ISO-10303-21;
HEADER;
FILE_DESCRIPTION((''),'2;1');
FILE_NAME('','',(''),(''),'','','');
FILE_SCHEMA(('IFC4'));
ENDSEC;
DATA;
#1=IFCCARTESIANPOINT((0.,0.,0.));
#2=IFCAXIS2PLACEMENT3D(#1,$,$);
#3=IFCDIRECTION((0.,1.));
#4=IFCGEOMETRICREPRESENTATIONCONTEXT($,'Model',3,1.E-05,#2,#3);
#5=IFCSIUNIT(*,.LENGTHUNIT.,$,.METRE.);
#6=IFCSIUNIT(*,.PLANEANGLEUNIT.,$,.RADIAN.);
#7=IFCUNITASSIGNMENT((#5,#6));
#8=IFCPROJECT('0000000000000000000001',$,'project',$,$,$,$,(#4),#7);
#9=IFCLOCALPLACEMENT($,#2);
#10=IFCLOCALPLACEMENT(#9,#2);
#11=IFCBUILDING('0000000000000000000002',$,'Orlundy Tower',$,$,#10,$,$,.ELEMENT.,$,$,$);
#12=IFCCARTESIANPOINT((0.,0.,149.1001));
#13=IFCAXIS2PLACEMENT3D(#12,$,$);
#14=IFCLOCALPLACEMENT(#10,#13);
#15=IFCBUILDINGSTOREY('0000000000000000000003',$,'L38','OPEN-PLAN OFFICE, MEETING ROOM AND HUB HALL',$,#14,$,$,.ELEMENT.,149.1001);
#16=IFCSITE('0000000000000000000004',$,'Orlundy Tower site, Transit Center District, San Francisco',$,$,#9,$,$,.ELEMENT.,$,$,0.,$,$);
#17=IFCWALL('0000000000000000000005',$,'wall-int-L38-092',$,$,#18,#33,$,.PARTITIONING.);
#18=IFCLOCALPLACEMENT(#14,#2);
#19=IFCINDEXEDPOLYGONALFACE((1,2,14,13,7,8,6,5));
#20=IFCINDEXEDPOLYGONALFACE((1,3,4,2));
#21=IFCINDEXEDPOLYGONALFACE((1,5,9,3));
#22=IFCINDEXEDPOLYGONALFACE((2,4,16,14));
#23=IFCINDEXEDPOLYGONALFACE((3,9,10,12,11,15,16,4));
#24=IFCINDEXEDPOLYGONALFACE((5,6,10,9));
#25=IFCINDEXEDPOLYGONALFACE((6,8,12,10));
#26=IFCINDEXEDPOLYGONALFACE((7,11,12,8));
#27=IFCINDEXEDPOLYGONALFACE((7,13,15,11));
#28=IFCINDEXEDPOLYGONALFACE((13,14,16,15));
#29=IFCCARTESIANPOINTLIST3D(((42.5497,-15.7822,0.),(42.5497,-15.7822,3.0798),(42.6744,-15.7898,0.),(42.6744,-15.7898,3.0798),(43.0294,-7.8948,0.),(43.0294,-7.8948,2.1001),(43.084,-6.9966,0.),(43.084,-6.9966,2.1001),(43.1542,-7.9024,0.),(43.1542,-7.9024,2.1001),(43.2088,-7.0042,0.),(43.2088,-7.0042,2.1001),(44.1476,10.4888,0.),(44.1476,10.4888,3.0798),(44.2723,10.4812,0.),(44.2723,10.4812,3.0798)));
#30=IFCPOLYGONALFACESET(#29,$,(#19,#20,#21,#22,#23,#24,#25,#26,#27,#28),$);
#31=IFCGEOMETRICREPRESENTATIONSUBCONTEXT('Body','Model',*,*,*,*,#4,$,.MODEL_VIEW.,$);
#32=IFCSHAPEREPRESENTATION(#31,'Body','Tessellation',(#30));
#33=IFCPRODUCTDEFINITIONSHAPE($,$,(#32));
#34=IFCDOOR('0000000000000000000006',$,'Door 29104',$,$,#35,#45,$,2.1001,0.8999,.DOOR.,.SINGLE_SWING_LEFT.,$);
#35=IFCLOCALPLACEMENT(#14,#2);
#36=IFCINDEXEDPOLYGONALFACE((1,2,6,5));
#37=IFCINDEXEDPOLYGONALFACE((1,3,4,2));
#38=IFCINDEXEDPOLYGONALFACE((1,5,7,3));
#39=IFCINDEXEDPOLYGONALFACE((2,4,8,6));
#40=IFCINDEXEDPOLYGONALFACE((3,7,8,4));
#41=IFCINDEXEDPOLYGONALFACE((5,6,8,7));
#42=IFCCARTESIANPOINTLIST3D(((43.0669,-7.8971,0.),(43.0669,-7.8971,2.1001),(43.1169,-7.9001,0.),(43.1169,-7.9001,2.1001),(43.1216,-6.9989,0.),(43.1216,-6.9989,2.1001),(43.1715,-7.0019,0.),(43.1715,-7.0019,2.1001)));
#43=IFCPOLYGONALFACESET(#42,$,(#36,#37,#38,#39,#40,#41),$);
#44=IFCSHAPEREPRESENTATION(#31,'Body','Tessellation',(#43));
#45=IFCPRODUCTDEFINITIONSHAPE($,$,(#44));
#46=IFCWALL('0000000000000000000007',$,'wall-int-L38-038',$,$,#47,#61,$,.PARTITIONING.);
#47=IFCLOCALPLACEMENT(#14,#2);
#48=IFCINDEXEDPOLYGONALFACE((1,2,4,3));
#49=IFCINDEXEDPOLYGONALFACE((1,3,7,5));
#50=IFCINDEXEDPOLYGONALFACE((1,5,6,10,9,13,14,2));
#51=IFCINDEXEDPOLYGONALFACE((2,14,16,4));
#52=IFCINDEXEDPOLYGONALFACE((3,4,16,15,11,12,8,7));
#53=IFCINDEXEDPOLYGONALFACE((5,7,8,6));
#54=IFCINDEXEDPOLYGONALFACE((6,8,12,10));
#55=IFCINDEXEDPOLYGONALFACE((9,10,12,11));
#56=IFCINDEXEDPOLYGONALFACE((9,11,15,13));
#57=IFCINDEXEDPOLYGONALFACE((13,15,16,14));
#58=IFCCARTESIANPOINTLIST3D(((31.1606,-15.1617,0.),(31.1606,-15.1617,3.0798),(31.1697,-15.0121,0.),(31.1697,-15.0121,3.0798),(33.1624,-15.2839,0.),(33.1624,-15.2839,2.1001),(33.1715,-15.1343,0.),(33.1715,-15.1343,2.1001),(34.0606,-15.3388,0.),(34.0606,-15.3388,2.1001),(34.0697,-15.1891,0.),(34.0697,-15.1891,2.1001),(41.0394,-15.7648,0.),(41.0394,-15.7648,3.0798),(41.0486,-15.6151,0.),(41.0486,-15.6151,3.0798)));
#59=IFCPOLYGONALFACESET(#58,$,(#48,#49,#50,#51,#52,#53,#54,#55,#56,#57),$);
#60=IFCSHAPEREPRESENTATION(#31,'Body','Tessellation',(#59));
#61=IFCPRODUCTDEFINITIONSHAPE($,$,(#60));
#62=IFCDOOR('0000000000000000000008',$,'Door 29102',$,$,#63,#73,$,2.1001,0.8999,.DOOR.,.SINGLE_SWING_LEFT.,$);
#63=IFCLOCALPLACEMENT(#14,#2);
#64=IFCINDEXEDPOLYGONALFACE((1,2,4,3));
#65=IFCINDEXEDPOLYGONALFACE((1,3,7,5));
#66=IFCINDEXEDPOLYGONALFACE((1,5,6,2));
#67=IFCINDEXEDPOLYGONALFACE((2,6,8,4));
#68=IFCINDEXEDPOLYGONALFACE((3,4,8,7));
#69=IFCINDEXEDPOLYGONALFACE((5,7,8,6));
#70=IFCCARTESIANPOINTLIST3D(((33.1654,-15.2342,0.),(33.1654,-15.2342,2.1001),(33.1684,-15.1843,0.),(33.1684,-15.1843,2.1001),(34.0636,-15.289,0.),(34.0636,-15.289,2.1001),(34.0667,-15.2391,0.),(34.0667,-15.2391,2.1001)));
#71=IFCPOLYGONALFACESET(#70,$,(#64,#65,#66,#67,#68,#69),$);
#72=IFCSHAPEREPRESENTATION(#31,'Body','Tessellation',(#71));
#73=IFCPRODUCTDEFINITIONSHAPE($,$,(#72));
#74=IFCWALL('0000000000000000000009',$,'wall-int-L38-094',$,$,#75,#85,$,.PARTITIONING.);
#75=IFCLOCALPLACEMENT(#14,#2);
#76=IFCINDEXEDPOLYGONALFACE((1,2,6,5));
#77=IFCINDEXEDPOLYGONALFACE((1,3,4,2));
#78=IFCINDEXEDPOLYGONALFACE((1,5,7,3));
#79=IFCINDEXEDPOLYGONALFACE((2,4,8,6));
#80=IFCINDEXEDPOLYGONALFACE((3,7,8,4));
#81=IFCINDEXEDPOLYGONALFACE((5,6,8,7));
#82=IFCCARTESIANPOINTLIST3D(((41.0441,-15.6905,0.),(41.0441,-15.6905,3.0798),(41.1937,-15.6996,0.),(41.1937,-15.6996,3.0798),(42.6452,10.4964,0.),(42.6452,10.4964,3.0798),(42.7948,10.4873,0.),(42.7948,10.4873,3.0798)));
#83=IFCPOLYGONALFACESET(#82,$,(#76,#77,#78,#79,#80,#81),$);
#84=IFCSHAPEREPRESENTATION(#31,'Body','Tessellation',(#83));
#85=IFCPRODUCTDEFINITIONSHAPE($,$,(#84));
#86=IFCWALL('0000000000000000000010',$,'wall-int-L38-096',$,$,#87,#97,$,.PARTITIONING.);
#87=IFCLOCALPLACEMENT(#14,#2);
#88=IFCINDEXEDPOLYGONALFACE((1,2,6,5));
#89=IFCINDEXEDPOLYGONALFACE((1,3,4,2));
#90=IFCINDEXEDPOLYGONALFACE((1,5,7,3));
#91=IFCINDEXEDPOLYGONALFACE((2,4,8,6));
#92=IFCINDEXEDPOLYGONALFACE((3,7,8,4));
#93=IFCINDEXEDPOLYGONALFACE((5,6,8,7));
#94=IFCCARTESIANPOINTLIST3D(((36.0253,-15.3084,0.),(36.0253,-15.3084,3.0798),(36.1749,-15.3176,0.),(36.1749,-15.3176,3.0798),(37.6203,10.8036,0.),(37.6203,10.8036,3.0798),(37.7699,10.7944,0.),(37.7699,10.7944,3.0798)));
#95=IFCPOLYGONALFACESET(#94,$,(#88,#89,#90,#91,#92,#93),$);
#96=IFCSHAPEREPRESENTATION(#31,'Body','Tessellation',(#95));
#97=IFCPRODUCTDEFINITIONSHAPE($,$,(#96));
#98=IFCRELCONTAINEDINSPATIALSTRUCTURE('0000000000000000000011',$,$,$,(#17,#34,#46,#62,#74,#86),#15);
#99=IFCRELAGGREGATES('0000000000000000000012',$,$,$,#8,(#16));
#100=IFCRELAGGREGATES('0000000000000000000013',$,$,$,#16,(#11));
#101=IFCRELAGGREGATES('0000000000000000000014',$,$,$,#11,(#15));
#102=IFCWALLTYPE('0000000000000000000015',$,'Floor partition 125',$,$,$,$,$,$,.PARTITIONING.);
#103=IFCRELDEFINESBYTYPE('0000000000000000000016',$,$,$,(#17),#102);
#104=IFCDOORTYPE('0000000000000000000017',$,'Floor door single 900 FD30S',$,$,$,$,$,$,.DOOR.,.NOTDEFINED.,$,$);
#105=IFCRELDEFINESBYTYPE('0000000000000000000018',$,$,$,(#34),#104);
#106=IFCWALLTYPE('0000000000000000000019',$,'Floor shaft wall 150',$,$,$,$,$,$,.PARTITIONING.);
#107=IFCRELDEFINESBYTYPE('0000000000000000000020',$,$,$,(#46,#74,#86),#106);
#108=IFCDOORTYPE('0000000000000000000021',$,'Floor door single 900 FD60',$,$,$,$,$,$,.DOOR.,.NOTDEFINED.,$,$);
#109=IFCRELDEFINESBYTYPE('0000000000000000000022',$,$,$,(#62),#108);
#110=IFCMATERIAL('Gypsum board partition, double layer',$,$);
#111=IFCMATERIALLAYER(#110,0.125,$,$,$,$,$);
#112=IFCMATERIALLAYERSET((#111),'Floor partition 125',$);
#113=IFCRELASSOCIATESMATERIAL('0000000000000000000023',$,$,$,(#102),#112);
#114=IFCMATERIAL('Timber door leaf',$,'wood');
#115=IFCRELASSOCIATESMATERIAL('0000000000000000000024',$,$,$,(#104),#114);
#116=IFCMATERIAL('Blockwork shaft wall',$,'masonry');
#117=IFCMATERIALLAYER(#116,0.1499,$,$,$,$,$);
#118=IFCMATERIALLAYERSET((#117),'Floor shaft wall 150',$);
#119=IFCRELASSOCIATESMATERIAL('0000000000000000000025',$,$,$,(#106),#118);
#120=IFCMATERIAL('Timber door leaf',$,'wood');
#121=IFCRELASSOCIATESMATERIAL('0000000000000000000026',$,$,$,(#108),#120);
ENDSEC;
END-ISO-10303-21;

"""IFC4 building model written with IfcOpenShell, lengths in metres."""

from ifc_helpers import new_model, si_unit, direction, frame, frame_2d, origin, place, context, subcontext, project, spatial, rectangle, extrude, material, layer, layer_set, type_object, element, fill, save


model = new_model("IFC4")

# Units and contexts
model_context = context("Model", 3, precision=1e-05, world=origin(), true_north=direction((0.0, 1.0)))
body_context = subcontext(model_context, "Body", "Model", "MODEL_VIEW")
ifc_project = project(units=[si_unit("LENGTHUNIT", "METRE"), si_unit("PLANEANGLEUNIT", "RADIAN")], contexts=[model_context])

# Site, building, storey
site_placement = place(None, origin())
site = spatial("IfcSite", under=ifc_project, at=site_placement, Name="Orlundy Tower site, Transit Center District, San Francisco", CompositionType="ELEMENT", RefElevation=0.0)
building_placement = place(site_placement, origin())
building = spatial("IfcBuilding", under=site, at=building_placement, Name="Orlundy Tower", CompositionType="ELEMENT")
storey_placement = place(building_placement, frame((0.0, 0.0, 149.1001)))
storey = spatial("IfcBuildingStorey", under=building, at=storey_placement, Name="L38", Description="OPEN-PLAN OFFICE, MEETING ROOM AND HUB HALL", CompositionType="ELEMENT", Elevation=149.1001)

# Shared definitions
ifc_material_1 = material(Name="Gypsum board partition, double layer")
ifc_layer_1 = layer(ifc_material_1, 0.125)
ifc_layer_set_1 = layer_set([ifc_layer_1], Name="Floor partition 125")
wall_type_1 = type_object("IfcWallType", Name="Floor partition 125", PredefinedType="PARTITIONING", material=ifc_layer_set_1)

# Shared definitions
ifc_material_2 = material(Name="Timber door leaf", Category="wood")
door_type_1 = type_object("IfcDoorType", Name="Floor door single 900 FD30S", OperationType="NOTDEFINED", PredefinedType="DOOR", material=ifc_material_2)

# Walls, openings, doors
wall_1_placement = place(storey_placement, frame((42.6121, -15.7859, 0.0), z_axis=(0.0, 0.0, 1.0), x_axis=(0.060712, 0.998155, 0.0)))
wall_1 = element("IfcWall", 1, at=wall_1_placement, inside=storey, type_object=wall_type_1, Name="wall-int-L38-092", PredefinedType="PARTITIONING", context=body_context, shape_type="SweptSolid", body=[
    extrude(rectangle(XDim=26.3196, YDim=0.125, at=frame_2d((13.1597, 0.0))), origin(), (0.0, 0.0, 1.0), 3.0798),
])
opening_1_placement = place(wall_1_placement, frame((7.9019, 0.0, 0.0)))
opening_1 = element("IfcOpeningElement", 2, at=opening_1_placement, cuts=wall_1, PredefinedType="OPENING", context=body_context, shape_type="SweptSolid", body=[
    extrude(rectangle(XDim=0.8999, YDim=2.1001, at=frame_2d((0.45, 1.05))), frame((0.0, 0.0725, 0.0), z_axis=(0.0, -1.0, 0.0), x_axis=(1.0, 0.0, 0.0)), (0.0, 0.0, 1.0), 0.145),
])
door_1_placement = place(opening_1_placement, origin())
door_1 = element("IfcDoor", 3, at=door_1_placement, inside=storey, type_object=door_type_1, Name="Door 29104", OperationType="SINGLE_SWING_LEFT", OverallHeight=2.1001, OverallWidth=0.8999, PredefinedType="DOOR", context=body_context, shape_type="SweptSolid", body=[
    extrude(rectangle(XDim=0.8999, YDim=2.1001, at=frame_2d((0.45, 1.05))), frame((0.0, 0.0249, 0.0), z_axis=(0.0, -1.0, 0.0), x_axis=(1.0, 0.0, 0.0)), (0.0, 0.0, 1.0), 0.05),
])
fill(opening_1, door_1)
ifc_material_3 = material(Name="Blockwork shaft wall", Category="masonry")
ifc_layer_2 = layer(ifc_material_3, 0.1499)
ifc_layer_set_2 = layer_set([ifc_layer_2], Name="Floor shaft wall 150")
wall_type_2 = type_object("IfcWallType", Name="Floor shaft wall 150", PredefinedType="PARTITIONING", material=ifc_layer_set_2)
wall_2_placement = place(storey_placement, frame((31.165, -15.0869, 0.0), z_axis=(0.0, 0.0, 1.0), x_axis=(0.998142, -0.060929, 0.0)))
wall_2 = element("IfcWall", 4, at=wall_2_placement, inside=storey, type_object=wall_type_2, Name="wall-int-L38-038", PredefinedType="PARTITIONING", context=body_context, shape_type="SweptSolid", body=[
    extrude(rectangle(XDim=9.8972, YDim=0.1499, at=frame_2d((4.9487, 0.0))), origin(), (0.0, 0.0, 1.0), 3.0798),
])
opening_2_placement = place(wall_2_placement, frame((2.0056, 0.0, 0.0)))
opening_2 = element("IfcOpeningElement", 5, at=opening_2_placement, cuts=wall_2, PredefinedType="OPENING", context=body_context, shape_type="SweptSolid", body=[
    extrude(rectangle(XDim=0.8999, YDim=2.1001, at=frame_2d((0.45, 1.05))), frame((0.0, 0.085, 0.0), z_axis=(0.0, -1.0, 0.0), x_axis=(1.0, 0.0, 0.0)), (0.0, 0.0, 1.0), 0.1699),
])
ifc_material_4 = material(Name="Timber door leaf", Category="wood")
door_type_2 = type_object("IfcDoorType", Name="Floor door single 900 FD60", OperationType="NOTDEFINED", PredefinedType="DOOR", material=ifc_material_4)
door_2_placement = place(opening_2_placement, origin())
door_2 = element("IfcDoor", 6, at=door_2_placement, inside=storey, type_object=door_type_2, Name="Door 29102", OperationType="SINGLE_SWING_LEFT", OverallHeight=2.1001, OverallWidth=0.8999, PredefinedType="DOOR", context=body_context, shape_type="SweptSolid", body=[
    extrude(rectangle(XDim=0.8999, YDim=2.1001, at=frame_2d((0.45, 1.05))), frame((0.0, 0.0249, 0.0), z_axis=(0.0, -1.0, 0.0), x_axis=(1.0, 0.0, 0.0)), (0.0, 0.0, 1.0), 0.05),
])
fill(opening_2, door_2)

# Walls
wall_3_placement = place(storey_placement, frame((41.1189, -15.6951, 0.0), z_axis=(0.0, 0.0, 1.0), x_axis=(0.061026, 0.998136, 0.0)))
element("IfcWall", 7, at=wall_3_placement, inside=storey, type_object=wall_type_2, Name="wall-int-L38-094", PredefinedType="PARTITIONING", context=body_context, shape_type="SweptSolid", body=[
    extrude(rectangle(XDim=26.2358, YDim=0.1499, at=frame_2d((13.1179, 0.0))), origin(), (0.0, 0.0, 1.0), 3.0798),
])
wall_4_placement = place(storey_placement, frame((36.1001, -15.313, 0.0), z_axis=(0.0, 0.0, 1.0), x_axis=(0.060968, 0.99814, 0.0)))
element("IfcWall", 8, at=wall_4_placement, inside=storey, type_object=wall_type_2, Name="wall-int-L38-096", PredefinedType="PARTITIONING", context=body_context, shape_type="SweptSolid", body=[
    extrude(rectangle(XDim=26.1606, YDim=0.1499, at=frame_2d((13.0803, 0.0))), origin(), (0.0, 0.0, 1.0), 3.0798),
])

save(model, "model.ifc")
